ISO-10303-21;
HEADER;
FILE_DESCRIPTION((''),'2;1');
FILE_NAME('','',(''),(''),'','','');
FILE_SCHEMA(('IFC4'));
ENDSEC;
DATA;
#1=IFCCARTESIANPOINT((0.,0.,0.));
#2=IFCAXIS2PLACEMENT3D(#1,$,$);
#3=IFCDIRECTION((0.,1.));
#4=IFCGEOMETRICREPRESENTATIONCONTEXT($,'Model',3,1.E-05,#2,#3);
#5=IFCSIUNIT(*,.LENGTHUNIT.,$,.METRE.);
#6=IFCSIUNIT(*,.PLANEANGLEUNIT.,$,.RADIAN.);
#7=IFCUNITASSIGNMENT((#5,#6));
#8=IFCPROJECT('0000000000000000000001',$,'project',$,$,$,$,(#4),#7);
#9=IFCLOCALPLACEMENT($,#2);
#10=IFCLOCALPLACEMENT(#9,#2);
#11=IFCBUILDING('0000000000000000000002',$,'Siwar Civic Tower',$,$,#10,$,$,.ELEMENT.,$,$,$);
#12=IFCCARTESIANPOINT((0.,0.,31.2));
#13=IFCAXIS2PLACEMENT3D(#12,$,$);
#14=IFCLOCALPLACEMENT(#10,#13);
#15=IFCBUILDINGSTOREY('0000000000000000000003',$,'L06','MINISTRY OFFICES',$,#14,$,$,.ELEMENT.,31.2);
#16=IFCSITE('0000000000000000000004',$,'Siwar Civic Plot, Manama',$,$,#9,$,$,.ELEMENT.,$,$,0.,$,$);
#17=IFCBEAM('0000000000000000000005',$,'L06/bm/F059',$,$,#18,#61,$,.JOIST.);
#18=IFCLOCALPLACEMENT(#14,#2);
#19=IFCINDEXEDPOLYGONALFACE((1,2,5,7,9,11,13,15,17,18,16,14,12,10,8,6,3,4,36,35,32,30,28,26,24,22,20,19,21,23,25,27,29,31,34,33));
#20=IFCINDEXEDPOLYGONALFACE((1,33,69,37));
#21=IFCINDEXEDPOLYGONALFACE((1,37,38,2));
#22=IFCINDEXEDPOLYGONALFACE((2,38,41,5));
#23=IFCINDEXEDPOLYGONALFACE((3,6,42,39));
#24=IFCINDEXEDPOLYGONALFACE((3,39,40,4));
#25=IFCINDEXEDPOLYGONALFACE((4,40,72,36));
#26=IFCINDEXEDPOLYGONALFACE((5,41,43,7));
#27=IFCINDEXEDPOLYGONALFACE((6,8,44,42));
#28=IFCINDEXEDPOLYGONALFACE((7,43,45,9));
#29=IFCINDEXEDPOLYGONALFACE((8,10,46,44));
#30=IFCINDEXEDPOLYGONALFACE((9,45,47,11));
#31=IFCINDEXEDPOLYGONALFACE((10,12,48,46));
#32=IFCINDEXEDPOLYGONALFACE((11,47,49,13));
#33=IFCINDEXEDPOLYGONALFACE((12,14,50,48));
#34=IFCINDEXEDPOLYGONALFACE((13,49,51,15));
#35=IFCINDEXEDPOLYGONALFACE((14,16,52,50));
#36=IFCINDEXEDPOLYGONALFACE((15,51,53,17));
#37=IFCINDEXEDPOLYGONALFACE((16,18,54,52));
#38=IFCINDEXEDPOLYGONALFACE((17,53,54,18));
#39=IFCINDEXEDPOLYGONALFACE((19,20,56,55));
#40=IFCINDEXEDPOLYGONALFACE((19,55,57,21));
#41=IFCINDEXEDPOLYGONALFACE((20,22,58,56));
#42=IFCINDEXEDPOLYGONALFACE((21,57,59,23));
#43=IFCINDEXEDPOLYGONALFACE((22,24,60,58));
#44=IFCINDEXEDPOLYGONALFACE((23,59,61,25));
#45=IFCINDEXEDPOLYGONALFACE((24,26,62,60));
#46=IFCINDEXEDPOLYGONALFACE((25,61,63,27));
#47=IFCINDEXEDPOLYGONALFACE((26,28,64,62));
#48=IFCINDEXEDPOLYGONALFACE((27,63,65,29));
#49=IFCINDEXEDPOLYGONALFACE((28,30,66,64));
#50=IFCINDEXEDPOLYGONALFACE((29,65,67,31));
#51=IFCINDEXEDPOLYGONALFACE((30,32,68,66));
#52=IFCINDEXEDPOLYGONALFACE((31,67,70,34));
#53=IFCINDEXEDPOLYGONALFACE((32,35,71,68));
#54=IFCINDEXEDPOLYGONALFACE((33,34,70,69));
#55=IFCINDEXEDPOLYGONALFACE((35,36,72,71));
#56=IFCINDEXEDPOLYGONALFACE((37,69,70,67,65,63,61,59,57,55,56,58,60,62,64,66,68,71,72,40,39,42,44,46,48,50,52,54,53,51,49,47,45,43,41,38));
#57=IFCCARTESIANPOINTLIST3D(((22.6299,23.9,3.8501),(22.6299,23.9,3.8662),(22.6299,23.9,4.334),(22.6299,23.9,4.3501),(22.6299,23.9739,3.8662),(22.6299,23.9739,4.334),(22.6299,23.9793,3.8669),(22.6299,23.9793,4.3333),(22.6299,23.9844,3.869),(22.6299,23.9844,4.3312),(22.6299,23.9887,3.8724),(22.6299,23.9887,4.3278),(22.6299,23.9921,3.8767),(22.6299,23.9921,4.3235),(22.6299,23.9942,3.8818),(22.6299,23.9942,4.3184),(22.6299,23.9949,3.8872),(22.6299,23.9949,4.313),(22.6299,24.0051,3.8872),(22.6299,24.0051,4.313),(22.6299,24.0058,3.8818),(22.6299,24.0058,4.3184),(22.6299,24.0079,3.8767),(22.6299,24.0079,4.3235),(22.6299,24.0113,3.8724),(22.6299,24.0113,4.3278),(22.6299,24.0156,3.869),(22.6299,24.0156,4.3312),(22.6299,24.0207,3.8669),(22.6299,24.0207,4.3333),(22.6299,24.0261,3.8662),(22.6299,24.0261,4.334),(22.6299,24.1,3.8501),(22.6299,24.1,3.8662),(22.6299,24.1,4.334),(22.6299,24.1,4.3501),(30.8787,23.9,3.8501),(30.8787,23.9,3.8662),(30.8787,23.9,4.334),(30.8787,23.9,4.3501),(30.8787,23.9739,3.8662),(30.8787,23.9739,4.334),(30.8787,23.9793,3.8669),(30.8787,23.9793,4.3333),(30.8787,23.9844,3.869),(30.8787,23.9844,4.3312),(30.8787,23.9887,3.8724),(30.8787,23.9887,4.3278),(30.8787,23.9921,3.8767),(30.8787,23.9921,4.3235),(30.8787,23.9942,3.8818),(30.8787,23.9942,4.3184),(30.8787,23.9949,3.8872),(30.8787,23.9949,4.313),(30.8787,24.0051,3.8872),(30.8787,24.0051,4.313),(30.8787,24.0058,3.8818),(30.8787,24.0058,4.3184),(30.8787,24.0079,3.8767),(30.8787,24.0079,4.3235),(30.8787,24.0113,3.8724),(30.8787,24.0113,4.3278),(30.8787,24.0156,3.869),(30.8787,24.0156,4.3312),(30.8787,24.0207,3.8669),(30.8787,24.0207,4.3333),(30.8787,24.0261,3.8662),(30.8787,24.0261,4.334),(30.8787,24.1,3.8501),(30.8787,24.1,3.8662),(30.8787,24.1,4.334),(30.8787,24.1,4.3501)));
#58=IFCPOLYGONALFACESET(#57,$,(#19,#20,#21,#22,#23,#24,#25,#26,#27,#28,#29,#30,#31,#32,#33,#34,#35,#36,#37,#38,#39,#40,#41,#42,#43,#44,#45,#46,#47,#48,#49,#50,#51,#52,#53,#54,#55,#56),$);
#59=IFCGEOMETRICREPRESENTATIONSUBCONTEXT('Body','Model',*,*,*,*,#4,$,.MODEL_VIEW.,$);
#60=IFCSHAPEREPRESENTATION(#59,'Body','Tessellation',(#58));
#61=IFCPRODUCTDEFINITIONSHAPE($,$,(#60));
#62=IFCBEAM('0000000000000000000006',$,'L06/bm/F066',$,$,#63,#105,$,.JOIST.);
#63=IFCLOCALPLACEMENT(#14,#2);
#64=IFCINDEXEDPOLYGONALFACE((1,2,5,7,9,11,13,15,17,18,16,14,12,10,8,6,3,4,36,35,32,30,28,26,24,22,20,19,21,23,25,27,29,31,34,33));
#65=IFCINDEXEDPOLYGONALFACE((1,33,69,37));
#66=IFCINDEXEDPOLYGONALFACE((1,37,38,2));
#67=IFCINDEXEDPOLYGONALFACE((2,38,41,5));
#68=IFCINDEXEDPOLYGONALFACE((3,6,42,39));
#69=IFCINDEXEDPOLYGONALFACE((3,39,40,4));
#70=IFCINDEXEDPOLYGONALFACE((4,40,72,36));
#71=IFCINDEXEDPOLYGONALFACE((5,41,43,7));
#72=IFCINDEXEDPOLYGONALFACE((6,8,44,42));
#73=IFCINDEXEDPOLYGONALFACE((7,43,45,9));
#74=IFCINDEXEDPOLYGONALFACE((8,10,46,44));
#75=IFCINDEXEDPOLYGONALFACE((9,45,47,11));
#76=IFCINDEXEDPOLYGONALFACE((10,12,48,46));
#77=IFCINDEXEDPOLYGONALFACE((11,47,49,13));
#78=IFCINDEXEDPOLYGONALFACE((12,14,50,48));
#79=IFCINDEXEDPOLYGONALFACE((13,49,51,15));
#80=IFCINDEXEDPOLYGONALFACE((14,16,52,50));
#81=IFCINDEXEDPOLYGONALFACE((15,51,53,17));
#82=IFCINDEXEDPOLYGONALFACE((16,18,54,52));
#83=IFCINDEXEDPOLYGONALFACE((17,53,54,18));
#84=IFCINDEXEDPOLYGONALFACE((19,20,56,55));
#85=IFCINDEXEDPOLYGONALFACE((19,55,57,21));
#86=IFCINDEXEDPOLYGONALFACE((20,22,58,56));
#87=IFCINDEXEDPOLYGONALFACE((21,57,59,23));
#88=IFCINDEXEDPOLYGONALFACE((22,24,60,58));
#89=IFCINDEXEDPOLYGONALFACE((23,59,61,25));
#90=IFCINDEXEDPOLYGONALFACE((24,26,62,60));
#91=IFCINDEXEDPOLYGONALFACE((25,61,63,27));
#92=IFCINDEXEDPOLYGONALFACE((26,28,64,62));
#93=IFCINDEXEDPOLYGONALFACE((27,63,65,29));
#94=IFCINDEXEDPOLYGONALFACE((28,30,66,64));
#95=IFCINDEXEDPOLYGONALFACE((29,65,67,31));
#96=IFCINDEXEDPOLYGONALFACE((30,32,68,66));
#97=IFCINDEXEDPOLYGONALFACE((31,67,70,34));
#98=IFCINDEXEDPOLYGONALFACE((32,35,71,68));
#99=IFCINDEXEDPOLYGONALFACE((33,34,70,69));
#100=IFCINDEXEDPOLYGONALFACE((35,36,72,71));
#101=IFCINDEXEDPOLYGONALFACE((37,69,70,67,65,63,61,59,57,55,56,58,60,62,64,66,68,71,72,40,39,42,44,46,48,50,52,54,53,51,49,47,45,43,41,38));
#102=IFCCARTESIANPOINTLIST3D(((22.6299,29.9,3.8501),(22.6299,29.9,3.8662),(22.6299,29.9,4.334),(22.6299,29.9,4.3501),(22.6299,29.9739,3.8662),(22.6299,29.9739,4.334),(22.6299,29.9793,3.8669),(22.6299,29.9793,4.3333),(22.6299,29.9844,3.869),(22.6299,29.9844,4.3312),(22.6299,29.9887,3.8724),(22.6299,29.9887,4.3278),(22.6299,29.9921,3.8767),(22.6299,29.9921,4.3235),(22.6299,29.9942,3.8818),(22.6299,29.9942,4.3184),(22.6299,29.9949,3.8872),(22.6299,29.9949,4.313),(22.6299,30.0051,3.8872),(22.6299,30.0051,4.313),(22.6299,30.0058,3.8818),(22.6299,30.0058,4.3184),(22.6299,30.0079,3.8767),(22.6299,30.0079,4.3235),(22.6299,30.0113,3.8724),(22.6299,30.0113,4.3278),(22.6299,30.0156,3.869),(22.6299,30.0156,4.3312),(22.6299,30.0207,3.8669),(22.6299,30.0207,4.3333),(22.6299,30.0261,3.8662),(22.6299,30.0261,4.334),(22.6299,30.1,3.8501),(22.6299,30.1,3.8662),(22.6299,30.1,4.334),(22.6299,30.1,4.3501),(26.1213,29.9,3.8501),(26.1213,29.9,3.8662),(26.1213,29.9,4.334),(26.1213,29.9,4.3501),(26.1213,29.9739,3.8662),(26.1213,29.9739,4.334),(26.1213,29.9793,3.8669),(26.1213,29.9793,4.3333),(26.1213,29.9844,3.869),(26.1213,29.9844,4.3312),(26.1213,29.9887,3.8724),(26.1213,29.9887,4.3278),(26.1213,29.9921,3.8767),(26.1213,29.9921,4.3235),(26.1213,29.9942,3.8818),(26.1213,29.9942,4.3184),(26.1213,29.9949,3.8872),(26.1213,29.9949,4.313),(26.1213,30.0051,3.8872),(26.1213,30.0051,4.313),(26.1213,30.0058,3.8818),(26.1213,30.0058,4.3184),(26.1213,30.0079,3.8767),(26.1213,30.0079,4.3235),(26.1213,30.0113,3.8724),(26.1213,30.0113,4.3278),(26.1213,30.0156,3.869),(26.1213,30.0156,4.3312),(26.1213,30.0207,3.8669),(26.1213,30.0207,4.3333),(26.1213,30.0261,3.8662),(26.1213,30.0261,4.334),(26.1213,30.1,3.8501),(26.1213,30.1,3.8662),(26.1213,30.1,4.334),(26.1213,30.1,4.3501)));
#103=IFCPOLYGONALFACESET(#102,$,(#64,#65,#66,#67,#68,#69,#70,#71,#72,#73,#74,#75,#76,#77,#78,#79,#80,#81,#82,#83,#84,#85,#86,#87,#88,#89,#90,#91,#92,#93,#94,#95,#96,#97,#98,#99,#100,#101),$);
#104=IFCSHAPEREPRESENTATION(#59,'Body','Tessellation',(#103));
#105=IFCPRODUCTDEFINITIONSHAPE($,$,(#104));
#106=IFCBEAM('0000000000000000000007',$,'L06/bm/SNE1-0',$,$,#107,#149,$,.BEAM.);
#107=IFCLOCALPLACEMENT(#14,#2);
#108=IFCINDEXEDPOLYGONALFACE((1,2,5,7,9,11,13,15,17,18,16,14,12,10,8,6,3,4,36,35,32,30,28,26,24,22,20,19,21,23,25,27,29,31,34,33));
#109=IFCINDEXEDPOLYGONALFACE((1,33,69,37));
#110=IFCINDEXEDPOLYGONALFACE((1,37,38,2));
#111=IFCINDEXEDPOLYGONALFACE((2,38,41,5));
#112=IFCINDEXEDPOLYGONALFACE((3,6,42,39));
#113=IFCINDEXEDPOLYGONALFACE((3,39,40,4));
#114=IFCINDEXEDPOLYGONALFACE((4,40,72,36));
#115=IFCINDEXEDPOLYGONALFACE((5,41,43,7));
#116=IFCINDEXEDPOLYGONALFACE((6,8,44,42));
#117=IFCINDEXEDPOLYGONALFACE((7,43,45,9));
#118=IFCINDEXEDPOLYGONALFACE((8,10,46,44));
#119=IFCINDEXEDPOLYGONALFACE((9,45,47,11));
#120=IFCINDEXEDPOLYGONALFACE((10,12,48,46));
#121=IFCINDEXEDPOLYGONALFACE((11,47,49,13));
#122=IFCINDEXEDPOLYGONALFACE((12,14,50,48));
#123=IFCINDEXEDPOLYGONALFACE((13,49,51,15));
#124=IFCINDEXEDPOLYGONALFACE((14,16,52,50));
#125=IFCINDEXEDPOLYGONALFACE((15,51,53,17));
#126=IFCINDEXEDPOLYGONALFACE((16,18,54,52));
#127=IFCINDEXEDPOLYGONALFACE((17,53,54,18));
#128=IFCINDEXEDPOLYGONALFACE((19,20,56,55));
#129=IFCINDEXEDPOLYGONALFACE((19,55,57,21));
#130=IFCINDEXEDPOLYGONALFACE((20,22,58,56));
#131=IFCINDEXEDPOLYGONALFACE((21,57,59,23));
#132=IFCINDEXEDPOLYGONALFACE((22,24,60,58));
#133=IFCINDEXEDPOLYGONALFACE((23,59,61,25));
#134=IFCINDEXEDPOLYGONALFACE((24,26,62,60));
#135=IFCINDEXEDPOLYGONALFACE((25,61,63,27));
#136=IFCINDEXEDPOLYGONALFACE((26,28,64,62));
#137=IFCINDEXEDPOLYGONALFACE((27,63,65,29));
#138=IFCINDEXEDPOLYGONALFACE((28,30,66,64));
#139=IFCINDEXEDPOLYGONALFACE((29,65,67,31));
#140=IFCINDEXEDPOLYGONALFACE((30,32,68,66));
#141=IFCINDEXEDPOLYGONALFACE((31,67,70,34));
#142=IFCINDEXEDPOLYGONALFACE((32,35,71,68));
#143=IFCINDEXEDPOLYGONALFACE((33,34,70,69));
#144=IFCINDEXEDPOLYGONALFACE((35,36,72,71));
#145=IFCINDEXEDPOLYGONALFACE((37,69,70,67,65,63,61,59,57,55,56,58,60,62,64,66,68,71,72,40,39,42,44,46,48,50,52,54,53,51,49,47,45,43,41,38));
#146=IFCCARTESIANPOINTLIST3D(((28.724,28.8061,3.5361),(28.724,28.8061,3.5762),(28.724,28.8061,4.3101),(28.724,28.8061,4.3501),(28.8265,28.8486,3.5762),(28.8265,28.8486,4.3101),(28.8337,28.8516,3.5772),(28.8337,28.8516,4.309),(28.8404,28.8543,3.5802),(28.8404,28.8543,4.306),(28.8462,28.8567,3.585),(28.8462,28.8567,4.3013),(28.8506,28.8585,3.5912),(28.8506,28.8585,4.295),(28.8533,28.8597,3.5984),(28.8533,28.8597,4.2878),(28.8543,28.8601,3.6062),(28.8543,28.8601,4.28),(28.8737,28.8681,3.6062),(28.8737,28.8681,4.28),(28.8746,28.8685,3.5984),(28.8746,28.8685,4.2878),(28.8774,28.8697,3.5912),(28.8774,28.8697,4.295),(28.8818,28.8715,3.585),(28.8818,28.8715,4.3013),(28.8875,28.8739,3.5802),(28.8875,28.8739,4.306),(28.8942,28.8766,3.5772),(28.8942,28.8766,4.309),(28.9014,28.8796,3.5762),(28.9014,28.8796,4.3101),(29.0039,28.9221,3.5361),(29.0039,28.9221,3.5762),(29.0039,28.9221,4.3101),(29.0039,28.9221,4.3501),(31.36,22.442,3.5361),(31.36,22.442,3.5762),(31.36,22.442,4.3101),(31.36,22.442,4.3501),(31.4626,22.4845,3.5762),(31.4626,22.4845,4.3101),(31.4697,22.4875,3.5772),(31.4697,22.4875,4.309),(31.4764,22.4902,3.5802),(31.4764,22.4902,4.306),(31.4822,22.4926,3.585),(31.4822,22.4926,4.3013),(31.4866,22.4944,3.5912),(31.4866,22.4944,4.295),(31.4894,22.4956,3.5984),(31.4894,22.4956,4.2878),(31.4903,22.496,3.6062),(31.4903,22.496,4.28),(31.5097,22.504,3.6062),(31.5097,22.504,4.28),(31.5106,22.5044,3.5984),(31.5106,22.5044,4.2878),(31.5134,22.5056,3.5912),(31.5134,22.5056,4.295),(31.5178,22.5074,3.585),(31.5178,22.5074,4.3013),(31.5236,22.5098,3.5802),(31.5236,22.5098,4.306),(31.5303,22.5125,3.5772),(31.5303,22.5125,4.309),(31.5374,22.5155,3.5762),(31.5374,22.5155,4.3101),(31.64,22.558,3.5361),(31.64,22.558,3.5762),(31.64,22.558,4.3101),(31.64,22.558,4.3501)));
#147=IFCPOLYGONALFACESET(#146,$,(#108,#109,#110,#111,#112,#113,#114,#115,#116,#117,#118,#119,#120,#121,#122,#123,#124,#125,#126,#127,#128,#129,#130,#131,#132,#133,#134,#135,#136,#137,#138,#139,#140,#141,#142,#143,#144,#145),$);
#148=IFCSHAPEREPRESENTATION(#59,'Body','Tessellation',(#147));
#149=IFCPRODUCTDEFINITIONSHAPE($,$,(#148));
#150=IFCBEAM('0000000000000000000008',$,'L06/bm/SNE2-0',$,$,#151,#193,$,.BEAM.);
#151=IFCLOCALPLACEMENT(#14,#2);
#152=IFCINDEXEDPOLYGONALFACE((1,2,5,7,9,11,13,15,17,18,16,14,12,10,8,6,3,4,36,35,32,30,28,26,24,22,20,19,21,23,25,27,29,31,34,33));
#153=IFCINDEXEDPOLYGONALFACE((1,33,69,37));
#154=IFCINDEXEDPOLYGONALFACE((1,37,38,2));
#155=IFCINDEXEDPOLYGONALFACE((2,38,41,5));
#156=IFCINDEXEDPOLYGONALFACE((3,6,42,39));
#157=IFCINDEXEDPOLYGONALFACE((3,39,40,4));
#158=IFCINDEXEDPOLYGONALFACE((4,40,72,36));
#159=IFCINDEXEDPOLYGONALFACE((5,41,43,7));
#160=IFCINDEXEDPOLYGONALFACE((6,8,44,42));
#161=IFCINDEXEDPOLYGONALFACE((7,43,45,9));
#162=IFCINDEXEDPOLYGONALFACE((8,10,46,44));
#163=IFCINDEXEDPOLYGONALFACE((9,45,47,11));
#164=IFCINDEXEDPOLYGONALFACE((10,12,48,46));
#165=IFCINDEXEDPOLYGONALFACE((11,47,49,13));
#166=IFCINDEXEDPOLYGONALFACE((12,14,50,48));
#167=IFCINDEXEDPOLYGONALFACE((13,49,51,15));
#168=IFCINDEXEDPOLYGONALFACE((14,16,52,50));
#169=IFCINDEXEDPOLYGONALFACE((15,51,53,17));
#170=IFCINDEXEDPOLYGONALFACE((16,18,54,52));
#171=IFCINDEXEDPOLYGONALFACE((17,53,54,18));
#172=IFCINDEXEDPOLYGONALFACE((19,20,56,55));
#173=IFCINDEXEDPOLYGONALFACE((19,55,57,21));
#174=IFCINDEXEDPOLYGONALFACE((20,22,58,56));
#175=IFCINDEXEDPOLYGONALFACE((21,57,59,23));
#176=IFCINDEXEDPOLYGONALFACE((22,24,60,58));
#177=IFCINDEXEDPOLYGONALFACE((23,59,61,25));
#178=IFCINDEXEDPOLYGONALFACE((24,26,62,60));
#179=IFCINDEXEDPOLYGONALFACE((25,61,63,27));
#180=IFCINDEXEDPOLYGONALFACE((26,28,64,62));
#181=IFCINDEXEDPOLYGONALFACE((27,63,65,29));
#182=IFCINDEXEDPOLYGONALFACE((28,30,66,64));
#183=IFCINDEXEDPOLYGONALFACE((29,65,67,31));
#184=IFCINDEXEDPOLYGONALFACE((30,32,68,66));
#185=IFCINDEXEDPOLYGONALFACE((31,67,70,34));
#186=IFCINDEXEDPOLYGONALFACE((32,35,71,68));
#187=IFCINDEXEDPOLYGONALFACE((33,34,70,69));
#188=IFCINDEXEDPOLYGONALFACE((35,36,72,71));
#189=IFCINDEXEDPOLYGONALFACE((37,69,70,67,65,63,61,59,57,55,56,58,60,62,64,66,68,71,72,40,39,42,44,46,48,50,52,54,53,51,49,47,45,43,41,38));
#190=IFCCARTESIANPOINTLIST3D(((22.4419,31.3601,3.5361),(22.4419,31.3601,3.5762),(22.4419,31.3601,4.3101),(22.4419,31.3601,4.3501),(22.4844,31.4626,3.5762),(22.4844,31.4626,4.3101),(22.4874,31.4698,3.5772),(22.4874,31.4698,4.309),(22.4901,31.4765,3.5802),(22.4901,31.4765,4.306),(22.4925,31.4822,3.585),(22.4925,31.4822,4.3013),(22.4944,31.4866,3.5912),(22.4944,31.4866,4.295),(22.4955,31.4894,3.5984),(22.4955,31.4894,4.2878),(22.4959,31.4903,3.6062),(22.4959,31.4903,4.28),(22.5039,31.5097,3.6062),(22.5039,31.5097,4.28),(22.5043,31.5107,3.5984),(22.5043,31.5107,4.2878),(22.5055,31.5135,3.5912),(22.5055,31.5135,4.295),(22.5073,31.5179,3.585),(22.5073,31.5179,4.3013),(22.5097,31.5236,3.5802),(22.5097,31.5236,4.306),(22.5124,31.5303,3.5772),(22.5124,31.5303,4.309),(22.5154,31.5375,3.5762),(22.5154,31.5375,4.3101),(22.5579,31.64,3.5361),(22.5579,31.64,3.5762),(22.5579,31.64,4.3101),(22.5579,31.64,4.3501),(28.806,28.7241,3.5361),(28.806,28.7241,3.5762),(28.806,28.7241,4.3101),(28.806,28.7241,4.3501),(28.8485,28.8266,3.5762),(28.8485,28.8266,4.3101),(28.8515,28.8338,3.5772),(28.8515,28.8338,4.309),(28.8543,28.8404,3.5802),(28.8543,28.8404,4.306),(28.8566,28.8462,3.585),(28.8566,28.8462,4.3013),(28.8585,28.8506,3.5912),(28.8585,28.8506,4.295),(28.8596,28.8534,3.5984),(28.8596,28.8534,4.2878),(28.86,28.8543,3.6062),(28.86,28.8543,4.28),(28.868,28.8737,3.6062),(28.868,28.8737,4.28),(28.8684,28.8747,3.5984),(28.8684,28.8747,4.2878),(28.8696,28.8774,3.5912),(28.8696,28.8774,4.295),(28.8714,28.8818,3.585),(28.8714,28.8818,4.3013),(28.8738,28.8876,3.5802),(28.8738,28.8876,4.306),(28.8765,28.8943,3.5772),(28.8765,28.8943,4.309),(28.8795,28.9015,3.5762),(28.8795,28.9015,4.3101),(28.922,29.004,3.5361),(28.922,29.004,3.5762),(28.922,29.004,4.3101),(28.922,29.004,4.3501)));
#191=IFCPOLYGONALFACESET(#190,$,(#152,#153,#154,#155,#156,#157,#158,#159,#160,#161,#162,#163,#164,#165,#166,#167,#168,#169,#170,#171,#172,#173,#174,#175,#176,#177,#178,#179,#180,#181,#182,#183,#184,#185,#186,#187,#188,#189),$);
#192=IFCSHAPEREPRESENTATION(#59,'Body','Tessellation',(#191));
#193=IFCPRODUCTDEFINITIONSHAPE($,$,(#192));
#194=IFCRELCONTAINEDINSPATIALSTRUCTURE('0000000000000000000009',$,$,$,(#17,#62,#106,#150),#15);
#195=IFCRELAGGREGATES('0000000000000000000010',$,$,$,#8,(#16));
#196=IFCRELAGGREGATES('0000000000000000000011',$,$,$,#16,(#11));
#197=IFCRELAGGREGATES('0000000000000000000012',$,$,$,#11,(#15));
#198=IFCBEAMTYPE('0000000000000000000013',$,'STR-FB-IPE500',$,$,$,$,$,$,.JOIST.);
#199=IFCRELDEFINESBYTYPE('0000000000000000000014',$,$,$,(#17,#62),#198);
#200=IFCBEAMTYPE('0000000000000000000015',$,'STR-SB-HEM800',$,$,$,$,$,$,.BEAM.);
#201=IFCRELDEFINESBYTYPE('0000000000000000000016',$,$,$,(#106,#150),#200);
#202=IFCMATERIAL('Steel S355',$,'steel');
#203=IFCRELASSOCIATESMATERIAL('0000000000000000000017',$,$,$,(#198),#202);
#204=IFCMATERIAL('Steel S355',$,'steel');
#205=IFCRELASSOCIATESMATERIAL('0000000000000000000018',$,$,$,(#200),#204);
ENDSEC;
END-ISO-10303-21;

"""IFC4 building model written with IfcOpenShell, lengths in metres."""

from ifc_helpers import new_model, si_unit, direction, frame, origin, origin_2d, place, context, subcontext, project, spatial, i_section, extrude, material, material_profile, profile_set, type_object, element, save


model = new_model("IFC4")

# Units and contexts
model_context = context("Model", 3, precision=1e-05, world=origin(), true_north=direction((0.0, 1.0)))
body_context = subcontext(model_context, "Body", "Model", "MODEL_VIEW")
ifc_project = project(units=[si_unit("LENGTHUNIT", "METRE"), si_unit("PLANEANGLEUNIT", "RADIAN")], contexts=[model_context])

# Site, building, storey
site_placement = place(None, origin())
site = spatial("IfcSite", under=ifc_project, at=site_placement, Name="Siwar Civic Plot, Manama", CompositionType="ELEMENT", RefElevation=0.0)
building_placement = place(site_placement, origin())
building = spatial("IfcBuilding", under=site, at=building_placement, Name="Siwar Civic Tower", CompositionType="ELEMENT")
storey_placement = place(building_placement, frame((0.0, 0.0, 31.2)))
storey = spatial("IfcBuildingStorey", under=building, at=storey_placement, Name="L06", Description="MINISTRY OFFICES", CompositionType="ELEMENT", Elevation=31.2)

# Beams
ifc_material_1 = material(Name="Steel S355", Category="steel")
ifc_material_profile_1 = material_profile(ifc_material_1, i_section(OverallWidth=0.2, OverallDepth=0.5, WebThickness=0.0103, FlangeThickness=0.0161, FilletRadius=0.021, at=origin_2d()), Name="IPE500")
ifc_profile_set_1 = profile_set([ifc_material_profile_1], Name="Steel S355")
beam_type_1 = type_object("IfcBeamType", Name="STR-FB-IPE500", PredefinedType="JOIST", material=ifc_profile_set_1)
beam_1_placement = place(storey_placement, frame((22.6299, 24.0, 4.1001), z_axis=(1.0, 0.0, 0.0), x_axis=(0.0, 1.0, 0.0)))
element("IfcBeam", 1, at=beam_1_placement, inside=storey, type_object=beam_type_1, Name="L06/bm/F059", PredefinedType="JOIST", context=body_context, shape_type="SweptSolid", body=[
    extrude(i_section(OverallWidth=0.2, OverallDepth=0.5, WebThickness=0.0103, FlangeThickness=0.0161, FilletRadius=0.021, at=origin_2d()), origin(), (0.0, 0.0, 1.0), 8.2488),
])
beam_2_placement = place(storey_placement, frame((22.6299, 30.0, 4.1001), z_axis=(1.0, 0.0, 0.0), x_axis=(0.0, 1.0, 0.0)))
element("IfcBeam", 2, at=beam_2_placement, inside=storey, type_object=beam_type_1, Name="L06/bm/F066", PredefinedType="JOIST", context=body_context, shape_type="SweptSolid", body=[
    extrude(i_section(OverallWidth=0.2, OverallDepth=0.5, WebThickness=0.0103, FlangeThickness=0.0161, FilletRadius=0.021, at=origin_2d()), origin(), (0.0, 0.0, 1.0), 3.4915),
])
ifc_material_2 = material(Name="Steel S355", Category="steel")
ifc_material_profile_2 = material_profile(ifc_material_2, i_section(OverallWidth=0.303, OverallDepth=0.814, WebThickness=0.021, FlangeThickness=0.04, FilletRadius=0.03, at=origin_2d()), Name="HEM800")
ifc_profile_set_2 = profile_set([ifc_material_profile_2], Name="Steel S355")
beam_type_2 = type_object("IfcBeamType", Name="STR-SB-HEM800", PredefinedType="BEAM", material=ifc_profile_set_2)
for number, where, z_axis, x_axis, name in (
    (3, (31.5, 22.5, 3.9431), (-0.382674, 0.923883, 0.0), (-0.923883, -0.382674, 0.0), "L06/bm/SNE1-0"),
    (4, (28.864, 28.864, 3.9431), (-0.923883, 0.382674, 0.0), (-0.382674, -0.923883, 0.0), "L06/bm/SNE2-0"),
):
    element("IfcBeam", number, at=place(storey_placement, frame(where, z_axis=z_axis, x_axis=x_axis)), inside=storey, type_object=beam_type_2, Name=name, PredefinedType="BEAM", context=body_context, shape_type="SweptSolid", body=[
        extrude(i_section(OverallWidth=0.303, OverallDepth=0.814, WebThickness=0.021, FlangeThickness=0.04, FilletRadius=0.03, at=origin_2d()), origin(), (0.0, 0.0, 1.0), 6.8884),
    ])

save(model, "model.ifc")
